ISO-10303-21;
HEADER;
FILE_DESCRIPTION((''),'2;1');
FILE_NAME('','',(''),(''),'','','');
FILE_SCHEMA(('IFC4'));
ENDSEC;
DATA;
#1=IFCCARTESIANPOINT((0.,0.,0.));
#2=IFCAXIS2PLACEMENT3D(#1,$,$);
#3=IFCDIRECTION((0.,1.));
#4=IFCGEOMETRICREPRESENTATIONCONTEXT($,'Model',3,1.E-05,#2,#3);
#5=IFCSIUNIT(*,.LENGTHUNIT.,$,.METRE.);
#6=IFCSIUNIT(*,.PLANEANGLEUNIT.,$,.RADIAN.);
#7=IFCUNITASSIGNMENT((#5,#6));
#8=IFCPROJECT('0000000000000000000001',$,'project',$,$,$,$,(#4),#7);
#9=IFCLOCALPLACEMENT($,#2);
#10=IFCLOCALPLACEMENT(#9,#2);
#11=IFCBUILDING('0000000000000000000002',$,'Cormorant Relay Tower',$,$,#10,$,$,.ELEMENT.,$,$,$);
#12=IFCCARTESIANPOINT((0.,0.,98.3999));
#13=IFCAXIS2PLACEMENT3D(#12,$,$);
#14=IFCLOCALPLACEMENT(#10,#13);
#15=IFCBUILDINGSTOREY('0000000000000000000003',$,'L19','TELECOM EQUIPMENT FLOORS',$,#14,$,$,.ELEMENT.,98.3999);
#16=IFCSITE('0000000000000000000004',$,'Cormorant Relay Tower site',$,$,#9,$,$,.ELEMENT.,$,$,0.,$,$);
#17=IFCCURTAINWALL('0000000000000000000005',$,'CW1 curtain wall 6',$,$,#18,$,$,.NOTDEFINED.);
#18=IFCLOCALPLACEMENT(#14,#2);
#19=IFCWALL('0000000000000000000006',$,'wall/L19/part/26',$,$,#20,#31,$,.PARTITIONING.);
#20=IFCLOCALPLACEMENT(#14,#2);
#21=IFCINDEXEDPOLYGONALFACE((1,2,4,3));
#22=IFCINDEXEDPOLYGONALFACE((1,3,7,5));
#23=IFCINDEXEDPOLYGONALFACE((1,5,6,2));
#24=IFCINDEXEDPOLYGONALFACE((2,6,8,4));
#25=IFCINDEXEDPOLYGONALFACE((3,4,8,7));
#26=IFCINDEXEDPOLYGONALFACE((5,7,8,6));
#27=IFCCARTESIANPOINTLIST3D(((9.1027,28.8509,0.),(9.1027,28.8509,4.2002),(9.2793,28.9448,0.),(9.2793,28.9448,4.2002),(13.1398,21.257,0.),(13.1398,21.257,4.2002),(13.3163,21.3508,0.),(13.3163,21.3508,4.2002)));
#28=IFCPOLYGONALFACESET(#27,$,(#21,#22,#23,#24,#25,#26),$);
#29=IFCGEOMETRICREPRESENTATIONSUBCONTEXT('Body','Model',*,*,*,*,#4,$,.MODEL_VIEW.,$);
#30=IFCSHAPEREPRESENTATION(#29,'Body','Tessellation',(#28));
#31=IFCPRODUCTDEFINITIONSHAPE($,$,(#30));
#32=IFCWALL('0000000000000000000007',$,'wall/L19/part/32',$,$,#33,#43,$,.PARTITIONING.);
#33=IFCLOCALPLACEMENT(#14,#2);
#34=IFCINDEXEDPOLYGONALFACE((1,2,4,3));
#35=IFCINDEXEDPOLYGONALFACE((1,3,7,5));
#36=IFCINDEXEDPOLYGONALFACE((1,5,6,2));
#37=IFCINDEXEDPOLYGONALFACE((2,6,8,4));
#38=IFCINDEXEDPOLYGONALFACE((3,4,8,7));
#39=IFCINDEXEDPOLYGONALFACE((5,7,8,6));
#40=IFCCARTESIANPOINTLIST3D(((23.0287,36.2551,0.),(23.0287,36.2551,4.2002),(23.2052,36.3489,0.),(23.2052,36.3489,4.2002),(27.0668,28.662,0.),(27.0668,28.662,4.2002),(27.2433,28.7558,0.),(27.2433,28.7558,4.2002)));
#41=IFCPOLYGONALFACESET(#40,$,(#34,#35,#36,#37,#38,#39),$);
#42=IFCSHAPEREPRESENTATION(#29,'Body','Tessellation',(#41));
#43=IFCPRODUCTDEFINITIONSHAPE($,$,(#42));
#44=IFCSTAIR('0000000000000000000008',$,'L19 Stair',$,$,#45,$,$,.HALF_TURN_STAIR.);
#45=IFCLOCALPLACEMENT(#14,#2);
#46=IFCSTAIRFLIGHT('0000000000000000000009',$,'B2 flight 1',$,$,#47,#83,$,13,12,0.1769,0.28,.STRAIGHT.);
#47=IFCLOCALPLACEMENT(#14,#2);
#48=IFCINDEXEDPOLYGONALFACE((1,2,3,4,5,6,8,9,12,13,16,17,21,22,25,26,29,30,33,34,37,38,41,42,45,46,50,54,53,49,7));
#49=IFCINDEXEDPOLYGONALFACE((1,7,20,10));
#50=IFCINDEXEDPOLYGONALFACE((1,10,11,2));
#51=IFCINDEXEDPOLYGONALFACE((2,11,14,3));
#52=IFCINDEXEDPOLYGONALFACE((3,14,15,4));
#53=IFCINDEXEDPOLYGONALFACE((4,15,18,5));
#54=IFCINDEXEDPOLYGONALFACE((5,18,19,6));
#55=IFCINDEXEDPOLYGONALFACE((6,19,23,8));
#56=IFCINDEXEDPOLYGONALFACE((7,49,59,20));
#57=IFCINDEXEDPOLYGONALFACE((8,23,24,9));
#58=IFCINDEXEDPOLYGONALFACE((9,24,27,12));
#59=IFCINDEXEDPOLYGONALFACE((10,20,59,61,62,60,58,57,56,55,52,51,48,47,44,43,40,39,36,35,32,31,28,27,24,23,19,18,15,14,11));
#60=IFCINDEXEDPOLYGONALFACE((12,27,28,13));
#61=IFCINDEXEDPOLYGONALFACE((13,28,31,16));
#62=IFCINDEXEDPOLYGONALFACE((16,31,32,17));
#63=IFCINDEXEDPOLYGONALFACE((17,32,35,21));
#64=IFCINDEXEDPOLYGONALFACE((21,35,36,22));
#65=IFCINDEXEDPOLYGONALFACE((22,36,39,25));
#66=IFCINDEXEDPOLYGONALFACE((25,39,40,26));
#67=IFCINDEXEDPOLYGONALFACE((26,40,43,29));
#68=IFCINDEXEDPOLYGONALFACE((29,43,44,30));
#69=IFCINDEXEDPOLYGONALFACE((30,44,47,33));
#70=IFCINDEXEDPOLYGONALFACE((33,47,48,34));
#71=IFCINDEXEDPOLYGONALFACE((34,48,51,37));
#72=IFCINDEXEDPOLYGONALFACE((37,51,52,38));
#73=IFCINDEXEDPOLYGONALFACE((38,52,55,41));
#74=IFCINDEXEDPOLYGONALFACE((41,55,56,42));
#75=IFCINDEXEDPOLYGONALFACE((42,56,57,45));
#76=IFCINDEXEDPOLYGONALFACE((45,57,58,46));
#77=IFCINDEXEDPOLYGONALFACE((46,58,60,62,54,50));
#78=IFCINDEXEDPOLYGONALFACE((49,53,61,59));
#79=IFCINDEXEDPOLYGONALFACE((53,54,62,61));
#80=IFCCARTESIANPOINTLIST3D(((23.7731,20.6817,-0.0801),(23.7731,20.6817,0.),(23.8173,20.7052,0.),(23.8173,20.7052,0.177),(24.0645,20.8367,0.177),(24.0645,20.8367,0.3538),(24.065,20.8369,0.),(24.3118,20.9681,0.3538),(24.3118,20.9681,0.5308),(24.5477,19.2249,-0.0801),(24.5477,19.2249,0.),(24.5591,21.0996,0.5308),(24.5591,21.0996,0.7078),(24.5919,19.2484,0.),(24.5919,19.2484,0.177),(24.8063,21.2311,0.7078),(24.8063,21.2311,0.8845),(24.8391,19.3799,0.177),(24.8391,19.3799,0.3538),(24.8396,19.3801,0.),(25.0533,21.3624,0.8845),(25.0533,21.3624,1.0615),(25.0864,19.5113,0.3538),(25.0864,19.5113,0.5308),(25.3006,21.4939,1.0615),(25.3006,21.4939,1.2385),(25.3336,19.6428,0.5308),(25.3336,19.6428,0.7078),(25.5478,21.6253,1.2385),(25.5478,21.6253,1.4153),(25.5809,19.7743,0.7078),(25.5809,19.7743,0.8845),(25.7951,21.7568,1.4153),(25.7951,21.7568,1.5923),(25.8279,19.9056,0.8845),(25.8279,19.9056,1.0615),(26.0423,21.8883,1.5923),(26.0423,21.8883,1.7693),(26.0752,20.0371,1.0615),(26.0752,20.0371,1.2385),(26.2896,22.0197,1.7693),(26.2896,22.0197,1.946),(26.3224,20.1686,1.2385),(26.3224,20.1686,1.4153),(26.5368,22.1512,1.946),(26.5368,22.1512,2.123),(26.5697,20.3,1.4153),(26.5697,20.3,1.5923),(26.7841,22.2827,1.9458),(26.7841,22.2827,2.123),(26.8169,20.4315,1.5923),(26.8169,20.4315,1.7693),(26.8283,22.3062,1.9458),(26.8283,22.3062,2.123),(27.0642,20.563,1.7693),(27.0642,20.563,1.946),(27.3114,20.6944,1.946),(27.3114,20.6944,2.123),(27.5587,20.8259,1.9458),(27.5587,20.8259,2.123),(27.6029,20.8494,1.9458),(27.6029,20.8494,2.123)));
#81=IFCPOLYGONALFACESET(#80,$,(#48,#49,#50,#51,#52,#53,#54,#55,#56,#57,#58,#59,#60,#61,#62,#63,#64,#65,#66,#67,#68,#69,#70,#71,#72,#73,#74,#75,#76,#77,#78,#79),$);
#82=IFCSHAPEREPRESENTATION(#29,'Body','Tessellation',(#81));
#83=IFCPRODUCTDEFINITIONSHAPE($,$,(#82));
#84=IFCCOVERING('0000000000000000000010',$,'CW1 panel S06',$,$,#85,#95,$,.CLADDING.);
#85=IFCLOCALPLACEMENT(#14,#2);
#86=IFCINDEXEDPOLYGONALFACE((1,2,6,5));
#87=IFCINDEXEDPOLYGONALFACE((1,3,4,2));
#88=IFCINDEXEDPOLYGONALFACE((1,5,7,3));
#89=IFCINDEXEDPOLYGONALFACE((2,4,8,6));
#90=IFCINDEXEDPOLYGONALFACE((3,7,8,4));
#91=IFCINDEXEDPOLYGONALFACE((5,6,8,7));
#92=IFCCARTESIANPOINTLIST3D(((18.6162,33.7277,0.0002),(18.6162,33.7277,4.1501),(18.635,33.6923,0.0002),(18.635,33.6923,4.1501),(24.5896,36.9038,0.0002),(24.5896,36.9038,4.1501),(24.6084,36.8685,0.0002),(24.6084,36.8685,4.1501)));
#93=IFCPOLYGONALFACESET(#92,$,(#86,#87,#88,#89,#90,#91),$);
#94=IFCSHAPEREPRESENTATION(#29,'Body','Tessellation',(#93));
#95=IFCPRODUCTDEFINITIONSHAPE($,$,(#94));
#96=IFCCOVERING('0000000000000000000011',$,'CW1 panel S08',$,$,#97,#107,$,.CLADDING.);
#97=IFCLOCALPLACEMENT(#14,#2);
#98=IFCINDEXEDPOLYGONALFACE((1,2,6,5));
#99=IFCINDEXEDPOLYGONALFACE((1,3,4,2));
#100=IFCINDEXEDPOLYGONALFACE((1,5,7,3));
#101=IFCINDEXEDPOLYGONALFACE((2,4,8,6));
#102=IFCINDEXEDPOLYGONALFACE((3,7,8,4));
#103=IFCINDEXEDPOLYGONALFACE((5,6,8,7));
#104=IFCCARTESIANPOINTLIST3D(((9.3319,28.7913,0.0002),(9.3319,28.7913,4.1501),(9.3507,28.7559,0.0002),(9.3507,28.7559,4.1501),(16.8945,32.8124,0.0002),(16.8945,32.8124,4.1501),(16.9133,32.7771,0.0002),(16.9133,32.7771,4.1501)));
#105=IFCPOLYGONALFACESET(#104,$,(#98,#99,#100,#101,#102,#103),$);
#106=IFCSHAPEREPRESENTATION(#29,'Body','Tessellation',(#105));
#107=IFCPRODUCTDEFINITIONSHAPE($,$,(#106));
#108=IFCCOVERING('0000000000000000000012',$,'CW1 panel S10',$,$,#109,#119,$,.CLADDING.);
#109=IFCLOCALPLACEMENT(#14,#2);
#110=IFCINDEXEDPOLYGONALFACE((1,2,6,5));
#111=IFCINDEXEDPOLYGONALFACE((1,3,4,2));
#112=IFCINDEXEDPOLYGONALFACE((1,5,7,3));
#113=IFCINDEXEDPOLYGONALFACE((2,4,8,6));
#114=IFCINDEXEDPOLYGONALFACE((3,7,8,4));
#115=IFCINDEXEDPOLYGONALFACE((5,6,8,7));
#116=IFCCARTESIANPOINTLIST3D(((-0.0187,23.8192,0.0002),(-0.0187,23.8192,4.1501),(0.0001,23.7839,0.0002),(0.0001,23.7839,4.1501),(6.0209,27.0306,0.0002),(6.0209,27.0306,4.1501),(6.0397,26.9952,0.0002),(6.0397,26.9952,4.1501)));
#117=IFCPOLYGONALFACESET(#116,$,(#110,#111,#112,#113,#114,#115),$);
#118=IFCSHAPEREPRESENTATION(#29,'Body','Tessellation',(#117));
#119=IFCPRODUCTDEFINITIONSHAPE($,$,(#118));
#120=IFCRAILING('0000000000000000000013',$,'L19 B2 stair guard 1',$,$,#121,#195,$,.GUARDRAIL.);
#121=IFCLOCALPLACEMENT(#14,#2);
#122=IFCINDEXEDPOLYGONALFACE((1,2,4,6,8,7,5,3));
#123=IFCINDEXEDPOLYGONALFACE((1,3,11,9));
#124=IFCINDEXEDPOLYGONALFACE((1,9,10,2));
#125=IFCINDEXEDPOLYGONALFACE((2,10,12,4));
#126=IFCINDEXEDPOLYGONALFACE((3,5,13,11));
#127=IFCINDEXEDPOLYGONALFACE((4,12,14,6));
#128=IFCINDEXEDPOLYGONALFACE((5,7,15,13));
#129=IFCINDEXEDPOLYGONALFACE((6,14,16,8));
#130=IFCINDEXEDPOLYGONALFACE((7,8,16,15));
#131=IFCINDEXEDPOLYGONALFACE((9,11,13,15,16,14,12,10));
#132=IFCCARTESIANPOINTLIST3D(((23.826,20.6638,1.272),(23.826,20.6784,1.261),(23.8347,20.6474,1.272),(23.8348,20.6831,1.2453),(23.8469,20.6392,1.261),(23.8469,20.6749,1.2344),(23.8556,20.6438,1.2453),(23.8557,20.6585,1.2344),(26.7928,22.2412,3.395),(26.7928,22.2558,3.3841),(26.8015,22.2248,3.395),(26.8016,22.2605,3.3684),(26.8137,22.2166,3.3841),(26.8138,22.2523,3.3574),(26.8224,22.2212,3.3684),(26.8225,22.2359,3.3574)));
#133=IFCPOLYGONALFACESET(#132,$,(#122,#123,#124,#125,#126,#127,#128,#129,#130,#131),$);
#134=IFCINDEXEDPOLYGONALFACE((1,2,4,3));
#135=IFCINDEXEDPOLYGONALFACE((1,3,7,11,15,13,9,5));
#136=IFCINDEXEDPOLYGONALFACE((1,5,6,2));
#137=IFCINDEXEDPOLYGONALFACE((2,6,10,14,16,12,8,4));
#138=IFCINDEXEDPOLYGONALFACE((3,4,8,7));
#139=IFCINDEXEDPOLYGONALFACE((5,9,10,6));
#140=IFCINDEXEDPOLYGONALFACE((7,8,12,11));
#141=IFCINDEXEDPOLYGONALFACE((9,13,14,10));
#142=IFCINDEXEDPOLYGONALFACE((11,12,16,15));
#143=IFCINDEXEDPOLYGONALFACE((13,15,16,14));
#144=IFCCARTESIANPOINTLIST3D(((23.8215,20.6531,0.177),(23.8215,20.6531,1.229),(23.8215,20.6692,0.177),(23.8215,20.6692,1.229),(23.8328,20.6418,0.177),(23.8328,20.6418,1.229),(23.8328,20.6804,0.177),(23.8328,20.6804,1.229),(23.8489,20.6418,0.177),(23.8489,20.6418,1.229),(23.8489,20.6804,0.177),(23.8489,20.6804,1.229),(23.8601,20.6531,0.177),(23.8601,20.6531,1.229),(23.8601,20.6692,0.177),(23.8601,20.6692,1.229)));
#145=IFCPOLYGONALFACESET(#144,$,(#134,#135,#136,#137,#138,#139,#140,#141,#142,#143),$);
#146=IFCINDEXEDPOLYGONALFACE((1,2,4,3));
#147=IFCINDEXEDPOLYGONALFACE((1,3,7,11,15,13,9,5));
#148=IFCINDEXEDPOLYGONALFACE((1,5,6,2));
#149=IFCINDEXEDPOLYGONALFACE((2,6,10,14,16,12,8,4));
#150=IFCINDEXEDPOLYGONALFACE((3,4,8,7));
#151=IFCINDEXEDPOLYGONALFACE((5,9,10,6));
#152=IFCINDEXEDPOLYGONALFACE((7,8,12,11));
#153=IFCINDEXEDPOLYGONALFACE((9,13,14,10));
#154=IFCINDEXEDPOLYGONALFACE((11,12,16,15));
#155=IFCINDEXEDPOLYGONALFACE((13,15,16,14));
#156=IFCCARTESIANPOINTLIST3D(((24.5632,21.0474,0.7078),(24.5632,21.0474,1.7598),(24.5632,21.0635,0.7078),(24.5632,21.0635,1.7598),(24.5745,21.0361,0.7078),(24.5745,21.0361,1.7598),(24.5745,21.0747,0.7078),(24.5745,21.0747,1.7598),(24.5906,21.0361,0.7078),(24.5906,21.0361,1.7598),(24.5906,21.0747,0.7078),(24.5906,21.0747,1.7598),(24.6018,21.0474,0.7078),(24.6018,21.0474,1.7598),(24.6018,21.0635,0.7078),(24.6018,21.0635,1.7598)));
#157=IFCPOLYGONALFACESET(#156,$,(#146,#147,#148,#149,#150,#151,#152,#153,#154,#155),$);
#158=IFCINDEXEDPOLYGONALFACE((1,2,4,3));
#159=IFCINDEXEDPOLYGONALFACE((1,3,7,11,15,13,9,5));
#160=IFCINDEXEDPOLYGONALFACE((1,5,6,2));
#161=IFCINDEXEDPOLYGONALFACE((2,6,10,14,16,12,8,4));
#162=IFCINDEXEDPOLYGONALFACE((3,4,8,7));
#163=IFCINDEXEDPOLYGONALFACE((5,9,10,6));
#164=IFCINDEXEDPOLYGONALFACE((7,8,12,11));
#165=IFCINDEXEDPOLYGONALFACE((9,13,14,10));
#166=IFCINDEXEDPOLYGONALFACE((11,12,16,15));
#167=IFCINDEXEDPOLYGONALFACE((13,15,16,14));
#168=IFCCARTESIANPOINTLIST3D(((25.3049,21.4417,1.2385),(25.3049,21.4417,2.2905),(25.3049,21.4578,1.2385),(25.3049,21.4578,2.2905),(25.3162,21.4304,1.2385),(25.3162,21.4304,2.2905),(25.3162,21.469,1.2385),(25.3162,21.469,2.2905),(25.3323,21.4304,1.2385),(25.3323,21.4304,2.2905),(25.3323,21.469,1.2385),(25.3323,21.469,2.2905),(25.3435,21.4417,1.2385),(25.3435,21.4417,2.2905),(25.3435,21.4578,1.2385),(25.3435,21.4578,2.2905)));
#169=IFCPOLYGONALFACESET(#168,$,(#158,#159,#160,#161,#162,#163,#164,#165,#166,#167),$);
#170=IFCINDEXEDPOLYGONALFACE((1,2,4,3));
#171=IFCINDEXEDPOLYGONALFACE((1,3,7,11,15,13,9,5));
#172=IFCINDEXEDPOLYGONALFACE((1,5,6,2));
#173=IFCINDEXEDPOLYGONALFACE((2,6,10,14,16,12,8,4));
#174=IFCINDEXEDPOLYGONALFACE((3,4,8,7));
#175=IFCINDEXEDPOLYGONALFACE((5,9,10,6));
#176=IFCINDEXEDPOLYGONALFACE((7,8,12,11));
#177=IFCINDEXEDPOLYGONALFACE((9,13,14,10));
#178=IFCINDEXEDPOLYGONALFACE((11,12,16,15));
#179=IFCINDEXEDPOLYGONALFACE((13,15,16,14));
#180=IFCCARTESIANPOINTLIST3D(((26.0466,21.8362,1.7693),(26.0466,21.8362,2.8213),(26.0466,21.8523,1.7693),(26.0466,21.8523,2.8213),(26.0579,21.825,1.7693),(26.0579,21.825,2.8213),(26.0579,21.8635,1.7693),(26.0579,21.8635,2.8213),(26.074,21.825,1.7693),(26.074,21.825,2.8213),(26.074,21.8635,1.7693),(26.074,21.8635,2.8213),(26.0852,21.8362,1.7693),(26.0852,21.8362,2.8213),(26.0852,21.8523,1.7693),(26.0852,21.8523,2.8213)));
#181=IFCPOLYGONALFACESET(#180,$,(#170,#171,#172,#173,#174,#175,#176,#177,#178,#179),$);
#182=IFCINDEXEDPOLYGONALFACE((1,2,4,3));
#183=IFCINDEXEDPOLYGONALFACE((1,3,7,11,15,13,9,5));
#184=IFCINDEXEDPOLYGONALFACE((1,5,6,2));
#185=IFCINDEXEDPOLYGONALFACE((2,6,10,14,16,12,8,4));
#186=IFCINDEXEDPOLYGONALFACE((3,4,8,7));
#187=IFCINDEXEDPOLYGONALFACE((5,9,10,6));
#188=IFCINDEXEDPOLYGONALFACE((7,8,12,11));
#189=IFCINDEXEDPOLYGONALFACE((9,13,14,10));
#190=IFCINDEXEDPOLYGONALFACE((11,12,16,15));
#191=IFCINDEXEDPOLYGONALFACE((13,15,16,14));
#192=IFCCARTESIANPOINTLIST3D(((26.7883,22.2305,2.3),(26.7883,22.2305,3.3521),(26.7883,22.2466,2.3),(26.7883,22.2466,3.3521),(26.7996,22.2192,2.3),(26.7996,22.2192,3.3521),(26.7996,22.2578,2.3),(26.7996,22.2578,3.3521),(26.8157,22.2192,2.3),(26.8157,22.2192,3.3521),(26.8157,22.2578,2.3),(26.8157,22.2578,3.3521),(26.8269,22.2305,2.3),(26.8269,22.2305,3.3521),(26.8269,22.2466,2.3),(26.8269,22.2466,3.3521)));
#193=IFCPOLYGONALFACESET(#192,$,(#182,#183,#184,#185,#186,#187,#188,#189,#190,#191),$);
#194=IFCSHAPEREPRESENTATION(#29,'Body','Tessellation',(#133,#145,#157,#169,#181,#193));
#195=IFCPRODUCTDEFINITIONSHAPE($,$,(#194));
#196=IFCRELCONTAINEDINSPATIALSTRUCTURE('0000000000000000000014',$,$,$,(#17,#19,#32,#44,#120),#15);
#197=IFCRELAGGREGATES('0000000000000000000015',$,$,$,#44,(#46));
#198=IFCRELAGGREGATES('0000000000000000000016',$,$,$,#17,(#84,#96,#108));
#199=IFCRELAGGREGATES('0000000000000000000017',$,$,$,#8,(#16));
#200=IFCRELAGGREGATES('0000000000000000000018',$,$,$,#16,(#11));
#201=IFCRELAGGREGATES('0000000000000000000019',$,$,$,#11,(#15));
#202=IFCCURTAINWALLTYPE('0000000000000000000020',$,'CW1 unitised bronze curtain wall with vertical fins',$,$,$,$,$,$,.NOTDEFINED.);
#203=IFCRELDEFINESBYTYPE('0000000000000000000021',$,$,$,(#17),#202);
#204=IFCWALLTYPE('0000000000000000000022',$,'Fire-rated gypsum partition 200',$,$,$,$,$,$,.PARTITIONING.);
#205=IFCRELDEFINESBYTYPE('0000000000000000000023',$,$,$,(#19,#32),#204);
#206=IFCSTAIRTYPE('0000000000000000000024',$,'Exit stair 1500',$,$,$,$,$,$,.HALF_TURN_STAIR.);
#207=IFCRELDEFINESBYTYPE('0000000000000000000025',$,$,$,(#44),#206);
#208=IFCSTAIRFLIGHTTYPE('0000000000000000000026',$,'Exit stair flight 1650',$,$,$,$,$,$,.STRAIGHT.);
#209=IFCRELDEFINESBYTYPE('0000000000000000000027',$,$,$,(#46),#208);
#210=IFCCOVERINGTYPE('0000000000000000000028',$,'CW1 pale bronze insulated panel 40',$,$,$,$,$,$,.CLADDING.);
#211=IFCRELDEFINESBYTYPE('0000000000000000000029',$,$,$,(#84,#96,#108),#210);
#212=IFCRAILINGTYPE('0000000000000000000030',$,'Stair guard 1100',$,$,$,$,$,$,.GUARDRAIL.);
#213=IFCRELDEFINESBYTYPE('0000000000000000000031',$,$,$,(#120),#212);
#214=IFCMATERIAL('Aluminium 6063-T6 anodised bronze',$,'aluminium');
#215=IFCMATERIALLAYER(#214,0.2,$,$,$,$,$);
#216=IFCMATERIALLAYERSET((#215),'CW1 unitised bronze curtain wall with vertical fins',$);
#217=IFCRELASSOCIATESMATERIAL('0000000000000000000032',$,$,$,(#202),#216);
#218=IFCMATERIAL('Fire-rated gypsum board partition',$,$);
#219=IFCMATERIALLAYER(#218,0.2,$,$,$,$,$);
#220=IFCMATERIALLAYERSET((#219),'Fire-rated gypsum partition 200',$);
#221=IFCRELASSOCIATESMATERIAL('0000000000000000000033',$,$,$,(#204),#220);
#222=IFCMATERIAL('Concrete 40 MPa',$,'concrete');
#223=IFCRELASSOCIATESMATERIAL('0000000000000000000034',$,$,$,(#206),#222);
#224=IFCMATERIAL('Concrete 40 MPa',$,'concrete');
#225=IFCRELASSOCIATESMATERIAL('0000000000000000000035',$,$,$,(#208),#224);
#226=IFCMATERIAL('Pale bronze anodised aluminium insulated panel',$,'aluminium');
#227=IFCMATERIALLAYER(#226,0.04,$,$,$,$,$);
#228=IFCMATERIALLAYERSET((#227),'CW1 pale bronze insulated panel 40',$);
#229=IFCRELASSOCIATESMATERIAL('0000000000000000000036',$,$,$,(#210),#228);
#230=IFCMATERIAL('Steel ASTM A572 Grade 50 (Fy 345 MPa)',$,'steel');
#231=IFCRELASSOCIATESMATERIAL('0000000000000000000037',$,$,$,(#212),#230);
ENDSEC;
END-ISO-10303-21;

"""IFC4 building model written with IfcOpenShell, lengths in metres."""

from ifc_helpers import new_model, si_unit, direction, frame, frame_2d, origin, origin_2d, place, context, subcontext, project, spatial, polyline, rectangle, outline, extrude, material, layer, layer_set, type_object, element, aggregate, save


model = new_model("IFC4")

# Units and contexts
model_context = context("Model", 3, precision=1e-05, world=origin(), true_north=direction((0.0, 1.0)))
body_context = subcontext(model_context, "Body", "Model", "MODEL_VIEW")
ifc_project = project(units=[si_unit("LENGTHUNIT", "METRE"), si_unit("PLANEANGLEUNIT", "RADIAN")], contexts=[model_context])

# Site, building, storey
site_placement = place(None, origin())
site = spatial("IfcSite", under=ifc_project, at=site_placement, Name="Cormorant Relay Tower site", CompositionType="ELEMENT", RefElevation=0.0)
building_placement = place(site_placement, origin())
building = spatial("IfcBuilding", under=site, at=building_placement, Name="Cormorant Relay Tower", CompositionType="ELEMENT")
storey_placement = place(building_placement, frame((0.0, 0.0, 98.3999)))
storey = spatial("IfcBuildingStorey", under=building, at=storey_placement, Name="L19", Description="TELECOM EQUIPMENT FLOORS", CompositionType="ELEMENT", Elevation=98.3999)

# Curtain wall
ifc_material_1 = material(Name="Aluminium 6063-T6 anodised bronze", Category="aluminium")
ifc_layer_1 = layer(ifc_material_1, 0.2)
ifc_layer_set_1 = layer_set([ifc_layer_1], Name="CW1 unitised bronze curtain wall with vertical fins")
curtain_wall_type = type_object("IfcCurtainWallType", Name="CW1 unitised bronze curtain wall with vertical fins", PredefinedType="NOTDEFINED", material=ifc_layer_set_1)
curtain_wall_1_placement = place(storey_placement, origin())
curtain_wall_1 = element("IfcCurtainWall", 1, at=curtain_wall_1_placement, inside=storey, type_object=curtain_wall_type, Name="CW1 curtain wall 6", PredefinedType="NOTDEFINED")

# Walls
ifc_material_2 = material(Name="Fire-rated gypsum board partition")
ifc_layer_2 = layer(ifc_material_2, 0.2)
ifc_layer_set_2 = layer_set([ifc_layer_2], Name="Fire-rated gypsum partition 200")
wall_type_1 = type_object("IfcWallType", Name="Fire-rated gypsum partition 200", PredefinedType="PARTITIONING", material=ifc_layer_set_2)
wall_1_placement = place(storey_placement, frame((9.1909, 28.8979, 0.0), z_axis=(0.0, 0.0, 1.0), x_axis=(0.469409, -0.882981, 0.0)))
element("IfcWall", 2, at=wall_1_placement, inside=storey, type_object=wall_type_1, Name="wall/L19/part/26", PredefinedType="PARTITIONING", context=body_context, shape_type="SweptSolid", body=[
    extrude(rectangle(XDim=8.6003, YDim=0.2, at=frame_2d((4.3003, 0.0))), origin(), (0.0, 0.0, 1.0), 4.2002),
])
wall_2_placement = place(storey_placement, frame((23.1169, 36.302, 0.0), z_axis=(0.0, 0.0, 1.0), x_axis=(0.469545, -0.882909, 0.0)))
element("IfcWall", 3, at=wall_2_placement, inside=storey, type_object=wall_type_1, Name="wall/L19/part/32", PredefinedType="PARTITIONING", context=body_context, shape_type="SweptSolid", body=[
    extrude(rectangle(XDim=8.6001, YDim=0.2, at=frame_2d((4.3, 0.0))), origin(), (0.0, 0.0, 1.0), 4.2002),
])

# Stair, stair flight
ifc_material_3 = material(Name="Concrete 40 MPa", Category="concrete")
stair_type = type_object("IfcStairType", Name="Exit stair 1500", PredefinedType="HALF_TURN_STAIR", material=ifc_material_3)
stair_placement = place(storey_placement, origin())
stair = element("IfcStair", 4, at=stair_placement, inside=storey, type_object=stair_type, Name="L19 Stair", PredefinedType="HALF_TURN_STAIR")
ifc_material_4 = material(Name="Concrete 40 MPa", Category="concrete")
stair_flight_type = type_object("IfcStairFlightType", Name="Exit stair flight 1650", PredefinedType="STRAIGHT", material=ifc_material_4)
stair_flight_placement = place(storey_placement, frame((24.2046, 19.9768, 0.0), z_axis=(0.0, 0.0, 1.0), x_axis=(0.882948, 0.469472, 0.0)))
stair_flight = element("IfcStairFlight", 5, at=stair_flight_placement, type_object=stair_flight_type, Name="B2 flight 1", NumberOfRisers=13, NumberOfTreads=12, PredefinedType="STRAIGHT", RiserHeight=0.1769, TreadLength=0.28, context=body_context, shape_type="SweptSolid", body=[
    extrude(outline(polyline([(-0.05, -0.0801), (-0.05, 0.0), (0.0, 0.0), (0.0, 0.177), (0.28, 0.177), (0.28, 0.3538), (0.5601, 0.3538), (0.5601, 0.5308), (0.8401, 0.5308), (0.8401, 0.7078), (1.1201, 0.7078), (1.1201, 0.8845), (1.3999, 0.8845), (1.3999, 1.0615), (1.6799, 1.0615), (1.6799, 1.2385), (1.96, 1.2385), (1.96, 1.4153), (2.24, 1.4153), (2.24, 1.5923), (2.52, 1.5923), (2.52, 1.7693), (2.8, 1.7693), (2.8, 1.946), (3.0801, 1.946), (3.0801, 2.123), (3.3601, 2.123), (3.4102, 2.123), (3.4102, 1.9458), (3.3601, 1.9458), (0.2805, 0.0), (-0.05, -0.0801)])), frame((0.0, 0.825, 0.0), z_axis=(0.0, -1.0, 0.0), x_axis=(1.0, 0.0, 0.0)), (0.0, 0.0, 1.0), 1.6499),
])
aggregate(stair, [stair_flight])

# Coverings
ifc_material_5 = material(Name="Pale bronze anodised aluminium insulated panel", Category="aluminium")
ifc_layer_3 = layer(ifc_material_5, 0.04)
ifc_layer_set_3 = layer_set([ifc_layer_3], Name="CW1 pale bronze insulated panel 40")
covering_type = type_object("IfcCoveringType", Name="CW1 pale bronze insulated panel 40", PredefinedType="CLADDING", material=ifc_layer_set_3)
covering_1_placement = place(storey_placement, frame((21.6123, 35.2981, 0.0002), z_axis=(0.0, 0.0, 1.0), x_axis=(-0.882948, -0.469472, 0.0)))
covering_1 = element("IfcCovering", 6, at=covering_1_placement, type_object=covering_type, Name="CW1 panel S06", PredefinedType="CLADDING", context=body_context, shape_type="SweptSolid", body=[
    extrude(rectangle(XDim=6.7654, YDim=0.04, at=origin_2d()), origin(), (0.0, 0.0, 1.0), 4.1499),
])
covering_2_placement = place(storey_placement, frame((13.1226, 30.7842, 0.0002), z_axis=(0.0, 0.0, 1.0), x_axis=(-0.882948, -0.469472, 0.0)))
covering_2 = element("IfcCovering", 7, at=covering_2_placement, type_object=covering_type, Name="CW1 panel S08", PredefinedType="CLADDING", context=body_context, shape_type="SweptSolid", body=[
    extrude(rectangle(XDim=8.5652, YDim=0.04, at=origin_2d()), origin(), (0.0, 0.0, 1.0), 4.1499),
])
covering_3_placement = place(storey_placement, frame((3.0105, 25.4072, 0.0002), z_axis=(0.0, 0.0, 1.0), x_axis=(-0.882948, -0.469472, 0.0)))
covering_3 = element("IfcCovering", 8, at=covering_3_placement, type_object=covering_type, Name="CW1 panel S10", PredefinedType="CLADDING", context=body_context, shape_type="SweptSolid", body=[
    extrude(rectangle(XDim=6.8403, YDim=0.04, at=origin_2d()), origin(), (0.0, 0.0, 1.0), 4.1499),
])
aggregate(curtain_wall_1, [covering_1, covering_2, covering_3])

# Railing
ifc_material_6 = material(Name="Steel ASTM A572 Grade 50 (Fy 345 MPa)", Category="steel")
railing_type_1 = type_object("IfcRailingType", Name="Stair guard 1100", PredefinedType="GUARDRAIL", material=ifc_material_6)
railing_1_placement = place(storey_placement, frame((23.8408, 20.6611, 0.177)))
element("IfcRailing", 9, at=railing_1_placement, inside=storey, type_object=railing_type_1, Name="L19 B2 stair guard 1", PredefinedType="GUARDRAIL", context=body_context, shape_type="SweptSolid", body=[
    extrude(outline(polyline([(0.0222, 0.0093), (0.0093, 0.0222), (-0.0093, 0.0222), (-0.0222, 0.0093), (-0.0222, -0.0093), (-0.0093, -0.0222), (0.0093, -0.0222), (0.0222, -0.0093), (0.0222, 0.0093)])), frame((0.0, 0.0, 1.0762), z_axis=(0.746441, 0.396869, 0.534155), x_axis=(-0.469453, 0.882958, 0.0)), (0.0, 0.0, 1.0), 3.9746),
    extrude(outline(polyline([(0.0193, 0.0081), (0.0081, 0.0193), (-0.0081, 0.0193), (-0.0193, 0.0081), (-0.0193, -0.0081), (-0.0081, -0.0193), (0.0081, -0.0193), (0.0193, -0.0081), (0.0193, 0.0081)])), origin(), (0.0, 0.0, 1.0), 1.052),
    extrude(outline(polyline([(0.0193, 0.0081), (0.0081, 0.0193), (-0.0081, 0.0193), (-0.0193, 0.0081), (-0.0193, -0.0081), (-0.0081, -0.0193), (0.0081, -0.0193), (0.0193, -0.0081), (0.0193, 0.0081)])), frame((0.7417, 0.3943, 0.5308)), (0.0, 0.0, 1.0), 1.052),
    extrude(outline(polyline([(0.0193, 0.0081), (0.0081, 0.0193), (-0.0081, 0.0193), (-0.0193, 0.0081), (-0.0193, -0.0081), (-0.0081, -0.0193), (0.0081, -0.0193), (0.0193, -0.0081), (0.0193, 0.0081)])), frame((1.4834, 0.7886, 1.0615)), (0.0, 0.0, 1.0), 1.052),
    extrude(outline(polyline([(0.0193, 0.0081), (0.0081, 0.0193), (-0.0081, 0.0193), (-0.0193, 0.0081), (-0.0193, -0.0081), (-0.0081, -0.0193), (0.0081, -0.0193), (0.0193, -0.0081), (0.0193, 0.0081)])), frame((2.2251, 1.1831, 1.5923)), (0.0, 0.0, 1.0), 1.052),
    extrude(outline(polyline([(0.0193, 0.0081), (0.0081, 0.0193), (-0.0081, 0.0193), (-0.0193, 0.0081), (-0.0193, -0.0081), (-0.0081, -0.0193), (0.0081, -0.0193), (0.0193, -0.0081), (0.0193, 0.0081)])), frame((2.9668, 1.5774, 2.123)), (0.0, 0.0, 1.0), 1.052),
])

save(model, "model.ifc")
